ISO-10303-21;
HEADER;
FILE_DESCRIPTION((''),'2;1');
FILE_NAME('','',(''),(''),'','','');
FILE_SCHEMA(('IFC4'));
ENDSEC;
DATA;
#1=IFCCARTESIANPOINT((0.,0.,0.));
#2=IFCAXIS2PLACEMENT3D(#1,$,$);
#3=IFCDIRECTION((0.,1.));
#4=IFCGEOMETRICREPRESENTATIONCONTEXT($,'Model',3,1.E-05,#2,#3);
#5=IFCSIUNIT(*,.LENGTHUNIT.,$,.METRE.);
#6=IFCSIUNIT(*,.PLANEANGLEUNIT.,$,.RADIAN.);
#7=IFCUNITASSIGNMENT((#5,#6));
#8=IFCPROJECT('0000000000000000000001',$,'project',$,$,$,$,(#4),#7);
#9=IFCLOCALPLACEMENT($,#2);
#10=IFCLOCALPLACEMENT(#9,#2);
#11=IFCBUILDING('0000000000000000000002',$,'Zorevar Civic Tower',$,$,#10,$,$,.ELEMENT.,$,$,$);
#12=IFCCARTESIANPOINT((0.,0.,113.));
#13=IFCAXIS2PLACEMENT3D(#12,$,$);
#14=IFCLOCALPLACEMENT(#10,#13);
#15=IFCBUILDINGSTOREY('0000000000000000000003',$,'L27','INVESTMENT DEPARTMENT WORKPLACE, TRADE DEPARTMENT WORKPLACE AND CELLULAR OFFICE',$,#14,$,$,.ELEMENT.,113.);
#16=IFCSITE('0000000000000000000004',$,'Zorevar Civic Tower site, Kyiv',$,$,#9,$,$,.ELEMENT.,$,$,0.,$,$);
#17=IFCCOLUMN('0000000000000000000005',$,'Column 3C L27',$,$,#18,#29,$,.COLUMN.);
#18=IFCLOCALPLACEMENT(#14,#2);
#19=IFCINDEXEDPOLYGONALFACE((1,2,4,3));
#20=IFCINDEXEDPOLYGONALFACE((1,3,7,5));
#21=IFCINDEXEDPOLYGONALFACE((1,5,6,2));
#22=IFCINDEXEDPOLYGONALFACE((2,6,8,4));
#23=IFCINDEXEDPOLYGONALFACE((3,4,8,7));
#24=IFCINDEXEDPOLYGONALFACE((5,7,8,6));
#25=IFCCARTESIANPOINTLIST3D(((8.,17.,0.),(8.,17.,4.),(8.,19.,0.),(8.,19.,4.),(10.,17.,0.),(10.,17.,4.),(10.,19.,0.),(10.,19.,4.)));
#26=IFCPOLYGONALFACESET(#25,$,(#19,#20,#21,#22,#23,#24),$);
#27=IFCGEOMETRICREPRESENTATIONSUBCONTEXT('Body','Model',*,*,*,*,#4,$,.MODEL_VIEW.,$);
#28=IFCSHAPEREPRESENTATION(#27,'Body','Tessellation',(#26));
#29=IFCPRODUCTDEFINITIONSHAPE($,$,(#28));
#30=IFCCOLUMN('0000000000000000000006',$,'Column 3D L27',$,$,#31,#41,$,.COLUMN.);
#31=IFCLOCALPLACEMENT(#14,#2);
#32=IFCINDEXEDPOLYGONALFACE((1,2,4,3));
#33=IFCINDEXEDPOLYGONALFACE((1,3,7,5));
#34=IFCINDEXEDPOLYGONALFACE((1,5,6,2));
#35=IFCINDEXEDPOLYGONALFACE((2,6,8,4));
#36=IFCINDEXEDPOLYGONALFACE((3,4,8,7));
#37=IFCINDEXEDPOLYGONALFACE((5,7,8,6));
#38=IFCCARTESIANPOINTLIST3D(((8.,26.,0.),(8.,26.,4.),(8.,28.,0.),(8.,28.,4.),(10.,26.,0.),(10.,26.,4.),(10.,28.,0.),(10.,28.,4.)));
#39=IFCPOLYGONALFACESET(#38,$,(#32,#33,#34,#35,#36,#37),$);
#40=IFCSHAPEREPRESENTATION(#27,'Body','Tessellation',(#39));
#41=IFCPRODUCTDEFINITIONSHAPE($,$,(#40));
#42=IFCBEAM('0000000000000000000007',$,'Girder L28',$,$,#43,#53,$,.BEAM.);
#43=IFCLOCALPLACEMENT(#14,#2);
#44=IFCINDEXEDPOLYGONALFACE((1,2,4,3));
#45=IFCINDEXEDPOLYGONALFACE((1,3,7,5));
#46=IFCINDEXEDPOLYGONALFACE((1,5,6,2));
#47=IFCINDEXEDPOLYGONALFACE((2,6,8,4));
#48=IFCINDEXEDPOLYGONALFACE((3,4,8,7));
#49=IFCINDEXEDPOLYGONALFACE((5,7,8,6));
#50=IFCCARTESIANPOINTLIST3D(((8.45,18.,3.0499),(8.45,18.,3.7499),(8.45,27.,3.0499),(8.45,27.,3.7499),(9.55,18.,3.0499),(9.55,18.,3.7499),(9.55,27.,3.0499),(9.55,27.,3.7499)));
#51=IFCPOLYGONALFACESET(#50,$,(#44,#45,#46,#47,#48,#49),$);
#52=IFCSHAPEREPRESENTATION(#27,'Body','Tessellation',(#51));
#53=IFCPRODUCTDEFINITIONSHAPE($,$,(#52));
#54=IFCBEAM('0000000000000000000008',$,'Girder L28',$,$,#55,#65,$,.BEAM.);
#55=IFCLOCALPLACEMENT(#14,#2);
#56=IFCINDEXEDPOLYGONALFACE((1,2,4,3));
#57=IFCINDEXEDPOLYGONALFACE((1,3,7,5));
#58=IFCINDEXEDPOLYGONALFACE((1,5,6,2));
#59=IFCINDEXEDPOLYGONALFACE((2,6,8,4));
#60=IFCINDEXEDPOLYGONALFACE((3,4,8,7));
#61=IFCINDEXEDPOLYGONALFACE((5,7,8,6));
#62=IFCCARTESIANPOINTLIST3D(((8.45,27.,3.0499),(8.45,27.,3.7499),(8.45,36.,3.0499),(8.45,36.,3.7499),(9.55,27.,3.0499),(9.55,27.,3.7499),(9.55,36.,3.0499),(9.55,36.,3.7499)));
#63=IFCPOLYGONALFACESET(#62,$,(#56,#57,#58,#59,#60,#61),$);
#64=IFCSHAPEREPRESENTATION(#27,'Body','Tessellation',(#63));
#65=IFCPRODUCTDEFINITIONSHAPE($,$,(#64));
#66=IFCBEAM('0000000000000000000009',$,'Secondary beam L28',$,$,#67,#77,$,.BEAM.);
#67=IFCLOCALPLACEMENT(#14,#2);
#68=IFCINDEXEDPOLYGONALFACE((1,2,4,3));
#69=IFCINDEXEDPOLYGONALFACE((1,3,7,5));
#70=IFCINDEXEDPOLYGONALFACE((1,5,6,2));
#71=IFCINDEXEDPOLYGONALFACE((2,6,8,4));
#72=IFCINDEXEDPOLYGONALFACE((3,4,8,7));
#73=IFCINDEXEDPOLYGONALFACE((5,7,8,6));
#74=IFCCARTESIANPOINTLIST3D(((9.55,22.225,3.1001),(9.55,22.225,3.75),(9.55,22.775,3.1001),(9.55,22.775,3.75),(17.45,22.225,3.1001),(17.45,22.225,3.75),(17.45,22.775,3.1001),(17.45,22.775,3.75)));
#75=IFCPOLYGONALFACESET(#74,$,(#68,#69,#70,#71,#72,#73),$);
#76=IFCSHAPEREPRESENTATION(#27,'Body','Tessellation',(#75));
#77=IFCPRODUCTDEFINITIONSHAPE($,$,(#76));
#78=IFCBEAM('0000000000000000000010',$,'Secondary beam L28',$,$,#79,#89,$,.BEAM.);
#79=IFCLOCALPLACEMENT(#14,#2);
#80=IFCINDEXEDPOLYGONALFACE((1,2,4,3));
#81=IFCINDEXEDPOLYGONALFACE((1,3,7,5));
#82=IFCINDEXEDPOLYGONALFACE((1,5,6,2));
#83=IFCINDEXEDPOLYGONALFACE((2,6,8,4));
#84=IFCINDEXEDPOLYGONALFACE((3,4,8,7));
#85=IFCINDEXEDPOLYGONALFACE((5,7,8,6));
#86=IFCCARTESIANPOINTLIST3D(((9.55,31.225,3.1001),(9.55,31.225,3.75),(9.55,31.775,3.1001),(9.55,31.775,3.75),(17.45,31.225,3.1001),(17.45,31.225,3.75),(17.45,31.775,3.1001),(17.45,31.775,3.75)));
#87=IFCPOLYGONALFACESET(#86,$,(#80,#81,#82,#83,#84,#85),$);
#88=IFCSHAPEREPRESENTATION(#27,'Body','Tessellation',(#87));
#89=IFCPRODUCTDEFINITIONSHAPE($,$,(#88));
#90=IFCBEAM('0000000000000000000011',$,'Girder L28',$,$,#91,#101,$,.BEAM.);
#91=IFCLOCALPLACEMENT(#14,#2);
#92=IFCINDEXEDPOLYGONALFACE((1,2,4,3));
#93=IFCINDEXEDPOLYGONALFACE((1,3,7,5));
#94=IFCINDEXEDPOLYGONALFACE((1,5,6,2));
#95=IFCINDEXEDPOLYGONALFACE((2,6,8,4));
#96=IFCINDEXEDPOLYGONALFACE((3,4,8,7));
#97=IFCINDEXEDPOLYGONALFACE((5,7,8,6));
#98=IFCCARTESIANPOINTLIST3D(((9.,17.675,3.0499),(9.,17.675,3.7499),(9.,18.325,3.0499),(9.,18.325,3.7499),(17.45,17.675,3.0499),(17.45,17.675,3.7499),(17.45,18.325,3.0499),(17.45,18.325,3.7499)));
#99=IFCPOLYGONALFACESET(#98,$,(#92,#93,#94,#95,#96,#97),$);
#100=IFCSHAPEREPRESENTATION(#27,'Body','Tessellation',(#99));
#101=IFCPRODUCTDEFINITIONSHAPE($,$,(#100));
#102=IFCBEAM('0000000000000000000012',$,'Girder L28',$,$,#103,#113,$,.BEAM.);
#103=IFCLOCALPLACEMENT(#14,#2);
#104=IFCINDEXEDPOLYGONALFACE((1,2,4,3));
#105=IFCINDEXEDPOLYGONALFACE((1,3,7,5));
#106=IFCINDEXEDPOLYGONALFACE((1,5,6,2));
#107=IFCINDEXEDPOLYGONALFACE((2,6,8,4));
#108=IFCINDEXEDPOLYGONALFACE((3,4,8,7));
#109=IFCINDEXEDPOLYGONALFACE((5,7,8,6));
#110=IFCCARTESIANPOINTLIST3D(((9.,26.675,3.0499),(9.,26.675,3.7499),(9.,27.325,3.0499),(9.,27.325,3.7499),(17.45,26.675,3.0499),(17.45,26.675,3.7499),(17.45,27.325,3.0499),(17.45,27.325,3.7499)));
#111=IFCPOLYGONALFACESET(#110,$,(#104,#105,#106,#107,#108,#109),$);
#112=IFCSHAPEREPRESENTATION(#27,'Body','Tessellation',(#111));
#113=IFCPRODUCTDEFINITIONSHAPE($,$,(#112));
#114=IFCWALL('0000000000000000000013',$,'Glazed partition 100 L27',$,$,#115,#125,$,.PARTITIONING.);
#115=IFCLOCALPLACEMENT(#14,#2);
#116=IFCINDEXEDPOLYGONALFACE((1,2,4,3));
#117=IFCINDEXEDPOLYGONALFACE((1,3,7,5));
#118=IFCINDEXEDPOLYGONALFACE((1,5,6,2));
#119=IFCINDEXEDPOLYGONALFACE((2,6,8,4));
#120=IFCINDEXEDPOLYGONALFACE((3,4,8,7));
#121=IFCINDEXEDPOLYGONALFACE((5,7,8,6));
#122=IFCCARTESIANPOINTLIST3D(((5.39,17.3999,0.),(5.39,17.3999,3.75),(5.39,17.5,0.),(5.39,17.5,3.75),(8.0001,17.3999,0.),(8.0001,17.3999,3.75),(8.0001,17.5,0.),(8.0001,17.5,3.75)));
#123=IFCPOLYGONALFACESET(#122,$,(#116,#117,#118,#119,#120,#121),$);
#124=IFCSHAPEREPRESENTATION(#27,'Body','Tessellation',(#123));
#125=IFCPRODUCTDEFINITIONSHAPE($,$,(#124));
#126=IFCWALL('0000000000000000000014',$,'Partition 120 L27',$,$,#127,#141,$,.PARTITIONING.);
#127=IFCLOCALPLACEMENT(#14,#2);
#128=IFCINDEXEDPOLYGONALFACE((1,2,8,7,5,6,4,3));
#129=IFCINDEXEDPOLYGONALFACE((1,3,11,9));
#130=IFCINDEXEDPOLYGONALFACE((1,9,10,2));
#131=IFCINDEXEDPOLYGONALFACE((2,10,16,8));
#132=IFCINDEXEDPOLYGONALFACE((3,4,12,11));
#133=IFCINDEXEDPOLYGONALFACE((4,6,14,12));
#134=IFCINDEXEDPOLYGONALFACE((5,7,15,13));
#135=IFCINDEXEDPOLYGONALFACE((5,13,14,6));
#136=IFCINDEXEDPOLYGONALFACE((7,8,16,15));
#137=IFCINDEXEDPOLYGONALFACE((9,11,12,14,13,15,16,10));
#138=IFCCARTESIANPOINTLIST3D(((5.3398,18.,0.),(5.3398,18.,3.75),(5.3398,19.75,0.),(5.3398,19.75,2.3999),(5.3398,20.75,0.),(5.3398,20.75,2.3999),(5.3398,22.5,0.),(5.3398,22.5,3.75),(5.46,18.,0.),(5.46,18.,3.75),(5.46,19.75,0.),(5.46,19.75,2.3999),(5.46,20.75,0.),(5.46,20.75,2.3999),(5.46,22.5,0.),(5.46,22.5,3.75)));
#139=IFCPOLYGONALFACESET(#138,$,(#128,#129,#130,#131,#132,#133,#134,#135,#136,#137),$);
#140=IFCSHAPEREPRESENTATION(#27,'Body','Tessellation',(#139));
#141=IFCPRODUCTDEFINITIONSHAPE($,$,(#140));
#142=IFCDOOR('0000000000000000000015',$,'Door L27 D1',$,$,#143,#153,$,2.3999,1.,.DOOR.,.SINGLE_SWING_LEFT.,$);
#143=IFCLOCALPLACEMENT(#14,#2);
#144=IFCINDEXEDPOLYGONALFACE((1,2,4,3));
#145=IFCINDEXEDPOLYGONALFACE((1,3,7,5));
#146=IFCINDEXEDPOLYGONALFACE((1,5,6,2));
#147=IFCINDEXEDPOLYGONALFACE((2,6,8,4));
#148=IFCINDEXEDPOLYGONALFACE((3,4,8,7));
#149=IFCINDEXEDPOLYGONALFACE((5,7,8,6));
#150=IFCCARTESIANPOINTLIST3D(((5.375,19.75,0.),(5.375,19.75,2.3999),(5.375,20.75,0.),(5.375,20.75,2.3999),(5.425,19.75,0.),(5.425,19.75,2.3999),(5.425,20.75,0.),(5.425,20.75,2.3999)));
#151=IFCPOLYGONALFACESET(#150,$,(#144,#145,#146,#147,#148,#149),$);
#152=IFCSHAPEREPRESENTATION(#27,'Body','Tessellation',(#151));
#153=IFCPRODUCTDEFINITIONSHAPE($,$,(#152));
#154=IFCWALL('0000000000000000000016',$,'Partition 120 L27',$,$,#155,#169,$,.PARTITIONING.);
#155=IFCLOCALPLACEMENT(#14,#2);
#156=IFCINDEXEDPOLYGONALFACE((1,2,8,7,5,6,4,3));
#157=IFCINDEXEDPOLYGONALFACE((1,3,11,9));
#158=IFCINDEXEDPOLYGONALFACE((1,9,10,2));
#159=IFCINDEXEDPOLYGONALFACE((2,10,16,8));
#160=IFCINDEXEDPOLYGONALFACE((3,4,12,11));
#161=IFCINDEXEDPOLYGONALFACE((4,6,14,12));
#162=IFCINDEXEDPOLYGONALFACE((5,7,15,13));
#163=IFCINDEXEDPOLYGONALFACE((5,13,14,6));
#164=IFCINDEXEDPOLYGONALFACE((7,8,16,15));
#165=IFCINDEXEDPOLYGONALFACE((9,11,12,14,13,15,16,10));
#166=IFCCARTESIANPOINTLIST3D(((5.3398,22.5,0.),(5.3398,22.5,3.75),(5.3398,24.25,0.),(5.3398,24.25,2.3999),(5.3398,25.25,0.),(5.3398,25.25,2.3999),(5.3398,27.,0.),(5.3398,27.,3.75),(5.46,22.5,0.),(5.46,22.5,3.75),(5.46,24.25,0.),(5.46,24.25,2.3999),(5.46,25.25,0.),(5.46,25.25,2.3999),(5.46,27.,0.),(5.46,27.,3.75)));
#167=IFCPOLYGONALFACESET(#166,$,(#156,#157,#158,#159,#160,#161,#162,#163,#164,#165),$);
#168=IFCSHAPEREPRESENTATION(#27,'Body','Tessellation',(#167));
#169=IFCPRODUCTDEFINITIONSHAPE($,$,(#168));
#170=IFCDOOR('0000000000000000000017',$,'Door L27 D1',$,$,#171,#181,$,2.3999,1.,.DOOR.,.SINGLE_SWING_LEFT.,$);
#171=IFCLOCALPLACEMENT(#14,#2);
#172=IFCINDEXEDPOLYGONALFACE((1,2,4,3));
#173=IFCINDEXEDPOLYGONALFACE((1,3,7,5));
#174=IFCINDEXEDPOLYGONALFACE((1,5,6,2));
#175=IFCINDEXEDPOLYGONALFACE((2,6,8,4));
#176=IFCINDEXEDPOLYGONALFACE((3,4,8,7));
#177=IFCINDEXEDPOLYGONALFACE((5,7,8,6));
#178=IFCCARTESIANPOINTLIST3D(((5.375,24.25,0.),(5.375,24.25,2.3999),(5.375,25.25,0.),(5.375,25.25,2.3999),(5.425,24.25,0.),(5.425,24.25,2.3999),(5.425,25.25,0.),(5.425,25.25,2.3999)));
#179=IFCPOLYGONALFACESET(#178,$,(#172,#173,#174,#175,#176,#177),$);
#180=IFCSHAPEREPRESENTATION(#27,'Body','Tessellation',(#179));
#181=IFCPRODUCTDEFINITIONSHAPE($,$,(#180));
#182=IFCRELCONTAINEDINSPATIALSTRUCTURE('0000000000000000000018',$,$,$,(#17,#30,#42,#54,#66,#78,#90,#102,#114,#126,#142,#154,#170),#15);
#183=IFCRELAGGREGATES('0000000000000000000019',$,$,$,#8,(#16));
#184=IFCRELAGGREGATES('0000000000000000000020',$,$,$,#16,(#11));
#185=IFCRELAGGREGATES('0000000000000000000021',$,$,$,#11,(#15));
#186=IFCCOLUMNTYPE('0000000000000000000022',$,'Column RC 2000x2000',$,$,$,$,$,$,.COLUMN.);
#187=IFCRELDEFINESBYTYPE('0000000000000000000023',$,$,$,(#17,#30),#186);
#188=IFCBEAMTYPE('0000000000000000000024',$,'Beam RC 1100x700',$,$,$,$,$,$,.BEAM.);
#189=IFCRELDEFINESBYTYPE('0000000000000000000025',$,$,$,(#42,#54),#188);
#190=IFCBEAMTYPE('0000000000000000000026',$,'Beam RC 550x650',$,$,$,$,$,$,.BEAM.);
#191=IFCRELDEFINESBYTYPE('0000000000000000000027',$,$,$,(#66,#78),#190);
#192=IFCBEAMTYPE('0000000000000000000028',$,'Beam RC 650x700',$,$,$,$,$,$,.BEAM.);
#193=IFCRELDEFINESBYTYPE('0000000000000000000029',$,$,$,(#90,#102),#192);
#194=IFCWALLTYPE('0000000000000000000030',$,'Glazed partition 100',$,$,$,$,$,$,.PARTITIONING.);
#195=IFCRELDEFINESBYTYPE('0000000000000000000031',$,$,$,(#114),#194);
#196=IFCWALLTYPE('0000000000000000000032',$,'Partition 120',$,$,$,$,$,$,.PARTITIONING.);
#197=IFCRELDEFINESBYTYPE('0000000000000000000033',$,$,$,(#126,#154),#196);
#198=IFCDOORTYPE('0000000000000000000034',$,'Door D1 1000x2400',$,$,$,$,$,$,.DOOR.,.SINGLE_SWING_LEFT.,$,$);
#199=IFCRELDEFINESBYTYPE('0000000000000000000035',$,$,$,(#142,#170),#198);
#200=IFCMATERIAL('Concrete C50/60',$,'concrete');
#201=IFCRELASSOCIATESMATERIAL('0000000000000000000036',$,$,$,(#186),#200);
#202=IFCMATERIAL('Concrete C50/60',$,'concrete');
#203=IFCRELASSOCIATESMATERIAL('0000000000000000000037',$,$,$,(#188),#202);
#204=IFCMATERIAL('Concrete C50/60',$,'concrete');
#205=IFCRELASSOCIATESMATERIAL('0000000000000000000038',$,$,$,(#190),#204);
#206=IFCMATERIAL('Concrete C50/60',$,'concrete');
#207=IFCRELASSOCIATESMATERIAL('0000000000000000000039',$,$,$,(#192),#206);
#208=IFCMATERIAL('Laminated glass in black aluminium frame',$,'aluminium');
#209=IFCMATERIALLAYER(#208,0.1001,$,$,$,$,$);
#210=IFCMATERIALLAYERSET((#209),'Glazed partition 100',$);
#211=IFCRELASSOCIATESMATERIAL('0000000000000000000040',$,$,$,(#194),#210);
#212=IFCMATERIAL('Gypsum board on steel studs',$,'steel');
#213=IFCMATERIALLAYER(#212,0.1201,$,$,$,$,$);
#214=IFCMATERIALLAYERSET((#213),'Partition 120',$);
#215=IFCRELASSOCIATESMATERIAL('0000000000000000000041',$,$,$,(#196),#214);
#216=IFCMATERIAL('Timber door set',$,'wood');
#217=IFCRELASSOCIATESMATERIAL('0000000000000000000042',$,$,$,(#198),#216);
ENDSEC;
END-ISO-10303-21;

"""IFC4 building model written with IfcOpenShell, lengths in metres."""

from ifc_helpers import new_model, si_unit, direction, frame, frame_2d, origin, origin_2d, place, context, subcontext, project, spatial, rectangle, extrude, material, layer, layer_set, material_profile, profile_set, type_object, element, fill, save


model = new_model("IFC4")

# Units and contexts
model_context = context("Model", 3, precision=1e-05, world=origin(), true_north=direction((0.0, 1.0)))
body_context = subcontext(model_context, "Body", "Model", "MODEL_VIEW")
ifc_project = project(units=[si_unit("LENGTHUNIT", "METRE"), si_unit("PLANEANGLEUNIT", "RADIAN")], contexts=[model_context])

# Site, building, storey
site_placement = place(None, origin())
site = spatial("IfcSite", under=ifc_project, at=site_placement, Name="Zorevar Civic Tower site, Kyiv", CompositionType="ELEMENT", RefElevation=0.0)
building_placement = place(site_placement, origin())
building = spatial("IfcBuilding", under=site, at=building_placement, Name="Zorevar Civic Tower", CompositionType="ELEMENT")
storey_placement = place(building_placement, frame((0.0, 0.0, 113.0)))
storey = spatial("IfcBuildingStorey", under=building, at=storey_placement, Name="L27", Description="INVESTMENT DEPARTMENT WORKPLACE, TRADE DEPARTMENT WORKPLACE AND CELLULAR OFFICE", CompositionType="ELEMENT", Elevation=113.0)

# Columns
ifc_material_1 = material(Name="Concrete C50/60", Category="concrete")
ifc_material_profile_1 = material_profile(ifc_material_1, rectangle(XDim=2.0, YDim=2.0, at=origin_2d()), Name="RC 2000x2000")
ifc_profile_set_1 = profile_set([ifc_material_profile_1], Name="Concrete C50/60")
column_type = type_object("IfcColumnType", Name="Column RC 2000x2000", PredefinedType="COLUMN", material=ifc_profile_set_1)
for number, where, z_axis, x_axis, name in (
    (1, (9.0, 18.0, 0.0), (0.0, 0.0, 1.0), (1.0, 0.0, 0.0), "Column 3C L27"),
    (2, (9.0, 27.0, 0.0), (0.0, 0.0, 1.0), (1.0, 0.0, 0.0), "Column 3D L27"),
):
    element("IfcColumn", number, at=place(storey_placement, frame(where, z_axis=z_axis, x_axis=x_axis)), inside=storey, type_object=column_type, Name=name, PredefinedType="COLUMN", context=body_context, shape_type="SweptSolid", body=[
        extrude(rectangle(XDim=2.0, YDim=2.0, at=origin_2d()), origin(), (0.0, 0.0, 1.0), 4.0),
    ])

# Beams
ifc_material_2 = material(Name="Concrete C50/60", Category="concrete")
ifc_material_profile_2 = material_profile(ifc_material_2, rectangle(XDim=1.1001, YDim=0.7, at=origin_2d()), Name="RC 1100x700")
ifc_profile_set_2 = profile_set([ifc_material_profile_2], Name="Concrete C50/60")
beam_type_1 = type_object("IfcBeamType", Name="Beam RC 1100x700", PredefinedType="BEAM", material=ifc_profile_set_2)
for number, where, z_axis, x_axis, name in (
    (3, (9.0, 18.0, 3.3999), (0.0, 1.0, 0.0), (-1.0, 0.0, 0.0), "Girder L28"),
    (4, (9.0, 27.0, 3.3999), (0.0, 1.0, 0.0), (-1.0, 0.0, 0.0), "Girder L28"),
):
    element("IfcBeam", number, at=place(storey_placement, frame(where, z_axis=z_axis, x_axis=x_axis)), inside=storey, type_object=beam_type_1, Name=name, PredefinedType="BEAM", context=body_context, shape_type="SweptSolid", body=[
        extrude(rectangle(XDim=1.1001, YDim=0.7, at=origin_2d()), origin(), (0.0, 0.0, 1.0), 9.0),
    ])
ifc_material_3 = material(Name="Concrete C50/60", Category="concrete")
ifc_material_profile_3 = material_profile(ifc_material_3, rectangle(XDim=0.55, YDim=0.6499, at=origin_2d()), Name="RC 550x650")
ifc_profile_set_3 = profile_set([ifc_material_profile_3], Name="Concrete C50/60")
beam_type_2 = type_object("IfcBeamType", Name="Beam RC 550x650", PredefinedType="BEAM", material=ifc_profile_set_3)
for number, where, z_axis, x_axis, name in (
    (5, (9.55, 22.5, 3.425), (1.0, 0.0, 0.0), (0.0, 1.0, 0.0), "Secondary beam L28"),
    (6, (9.55, 31.5, 3.425), (1.0, 0.0, 0.0), (0.0, 1.0, 0.0), "Secondary beam L28"),
):
    element("IfcBeam", number, at=place(storey_placement, frame(where, z_axis=z_axis, x_axis=x_axis)), inside=storey, type_object=beam_type_2, Name=name, PredefinedType="BEAM", context=body_context, shape_type="SweptSolid", body=[
        extrude(rectangle(XDim=0.55, YDim=0.6499, at=origin_2d()), origin(), (0.0, 0.0, 1.0), 7.8999),
    ])
ifc_material_4 = material(Name="Concrete C50/60", Category="concrete")
ifc_material_profile_4 = material_profile(ifc_material_4, rectangle(XDim=0.6499, YDim=0.7, at=origin_2d()), Name="RC 650x700")
ifc_profile_set_4 = profile_set([ifc_material_profile_4], Name="Concrete C50/60")
beam_type_3 = type_object("IfcBeamType", Name="Beam RC 650x700", PredefinedType="BEAM", material=ifc_profile_set_4)
for number, where, z_axis, x_axis, name in (
    (7, (9.0, 18.0, 3.3999), (1.0, 0.0, 0.0), (0.0, 1.0, 0.0), "Girder L28"),
    (8, (9.0, 27.0, 3.3999), (1.0, 0.0, 0.0), (0.0, 1.0, 0.0), "Girder L28"),
):
    element("IfcBeam", number, at=place(storey_placement, frame(where, z_axis=z_axis, x_axis=x_axis)), inside=storey, type_object=beam_type_3, Name=name, PredefinedType="BEAM", context=body_context, shape_type="SweptSolid", body=[
        extrude(rectangle(XDim=0.6499, YDim=0.7, at=origin_2d()), origin(), (0.0, 0.0, 1.0), 8.45),
    ])

# Wall
ifc_material_5 = material(Name="Laminated glass in black aluminium frame", Category="aluminium")
ifc_layer_1 = layer(ifc_material_5, 0.1001)
ifc_layer_set_1 = layer_set([ifc_layer_1], Name="Glazed partition 100")
wall_type_1 = type_object("IfcWallType", Name="Glazed partition 100", PredefinedType="PARTITIONING", material=ifc_layer_set_1)
wall_1_placement = place(storey_placement, frame((5.3899, 17.45, 0.0), z_axis=(0.0, 0.0, 1.0), x_axis=(1.0, 0.0, 0.0)))
element("IfcWall", 9, at=wall_1_placement, inside=storey, type_object=wall_type_1, Name="Glazed partition 100 L27", PredefinedType="PARTITIONING", context=body_context, shape_type="SweptSolid", body=[
    extrude(rectangle(XDim=2.6101, YDim=0.1001, at=frame_2d((1.3052, 0.0))), origin(), (0.0, 0.0, 1.0), 3.75),
])

# Walls, openings, doors
ifc_material_6 = material(Name="Gypsum board on steel studs", Category="steel")
ifc_layer_2 = layer(ifc_material_6, 0.1201)
ifc_layer_set_2 = layer_set([ifc_layer_2], Name="Partition 120")
wall_type_2 = type_object("IfcWallType", Name="Partition 120", PredefinedType="PARTITIONING", material=ifc_layer_set_2)
wall_2_placement = place(storey_placement, frame((5.3999, 18.0, 0.0), z_axis=(0.0, 0.0, 1.0), x_axis=(0.0, 1.0, 0.0)))
wall_2 = element("IfcWall", 10, at=wall_2_placement, inside=storey, type_object=wall_type_2, Name="Partition 120 L27", PredefinedType="PARTITIONING", context=body_context, shape_type="SweptSolid", body=[
    extrude(rectangle(XDim=4.5, YDim=0.1201, at=frame_2d((2.25, 0.0))), origin(), (0.0, 0.0, 1.0), 3.75),
])
opening_1_placement = place(wall_2_placement, frame((1.75, 0.0, 0.0)))
opening_1 = element("IfcOpeningElement", 11, at=opening_1_placement, cuts=wall_2, PredefinedType="OPENING", context=body_context, shape_type="SweptSolid", body=[
    extrude(rectangle(XDim=1.0, YDim=2.3999, at=frame_2d((0.5, 1.2))), frame((0.0, 0.0701, 0.0), z_axis=(0.0, -1.0, 0.0), x_axis=(1.0, 0.0, 0.0)), (0.0, 0.0, 1.0), 0.1401),
])
ifc_material_7 = material(Name="Timber door set", Category="wood")
door_type = type_object("IfcDoorType", Name="Door D1 1000x2400", OperationType="SINGLE_SWING_LEFT", PredefinedType="DOOR", material=ifc_material_7)
door_1_placement = place(opening_1_placement, origin())
door_1 = element("IfcDoor", 12, at=door_1_placement, inside=storey, type_object=door_type, Name="Door L27 D1", OperationType="SINGLE_SWING_LEFT", OverallHeight=2.3999, OverallWidth=1.0, PredefinedType="DOOR", context=body_context, shape_type="SweptSolid", body=[
    extrude(rectangle(XDim=1.0, YDim=2.3999, at=frame_2d((0.5, 1.2))), frame((0.0, 0.0249, 0.0), z_axis=(0.0, -1.0, 0.0), x_axis=(1.0, 0.0, 0.0)), (0.0, 0.0, 1.0), 0.05),
])
fill(opening_1, door_1)
wall_3_placement = place(storey_placement, frame((5.3999, 22.5, 0.0), z_axis=(0.0, 0.0, 1.0), x_axis=(0.0, 1.0, 0.0)))
wall_3 = element("IfcWall", 13, at=wall_3_placement, inside=storey, type_object=wall_type_2, Name="Partition 120 L27", PredefinedType="PARTITIONING", context=body_context, shape_type="SweptSolid", body=[
    extrude(rectangle(XDim=4.5, YDim=0.1201, at=frame_2d((2.25, 0.0))), origin(), (0.0, 0.0, 1.0), 3.75),
])
opening_2_placement = place(wall_3_placement, frame((1.75, 0.0, 0.0)))
opening_2 = element("IfcOpeningElement", 14, at=opening_2_placement, cuts=wall_3, PredefinedType="OPENING", context=body_context, shape_type="SweptSolid", body=[
    extrude(rectangle(XDim=1.0, YDim=2.3999, at=frame_2d((0.5, 1.2))), frame((0.0, 0.0701, 0.0), z_axis=(0.0, -1.0, 0.0), x_axis=(1.0, 0.0, 0.0)), (0.0, 0.0, 1.0), 0.1401),
])
door_2_placement = place(opening_2_placement, origin())
door_2 = element("IfcDoor", 15, at=door_2_placement, inside=storey, type_object=door_type, Name="Door L27 D1", OperationType="SINGLE_SWING_LEFT", OverallHeight=2.3999, OverallWidth=1.0, PredefinedType="DOOR", context=body_context, shape_type="SweptSolid", body=[
    extrude(rectangle(XDim=1.0, YDim=2.3999, at=frame_2d((0.5, 1.2))), frame((0.0, 0.0249, 0.0), z_axis=(0.0, -1.0, 0.0), x_axis=(1.0, 0.0, 0.0)), (0.0, 0.0, 1.0), 0.05),
])
fill(opening_2, door_2)

save(model, "model.ifc")
